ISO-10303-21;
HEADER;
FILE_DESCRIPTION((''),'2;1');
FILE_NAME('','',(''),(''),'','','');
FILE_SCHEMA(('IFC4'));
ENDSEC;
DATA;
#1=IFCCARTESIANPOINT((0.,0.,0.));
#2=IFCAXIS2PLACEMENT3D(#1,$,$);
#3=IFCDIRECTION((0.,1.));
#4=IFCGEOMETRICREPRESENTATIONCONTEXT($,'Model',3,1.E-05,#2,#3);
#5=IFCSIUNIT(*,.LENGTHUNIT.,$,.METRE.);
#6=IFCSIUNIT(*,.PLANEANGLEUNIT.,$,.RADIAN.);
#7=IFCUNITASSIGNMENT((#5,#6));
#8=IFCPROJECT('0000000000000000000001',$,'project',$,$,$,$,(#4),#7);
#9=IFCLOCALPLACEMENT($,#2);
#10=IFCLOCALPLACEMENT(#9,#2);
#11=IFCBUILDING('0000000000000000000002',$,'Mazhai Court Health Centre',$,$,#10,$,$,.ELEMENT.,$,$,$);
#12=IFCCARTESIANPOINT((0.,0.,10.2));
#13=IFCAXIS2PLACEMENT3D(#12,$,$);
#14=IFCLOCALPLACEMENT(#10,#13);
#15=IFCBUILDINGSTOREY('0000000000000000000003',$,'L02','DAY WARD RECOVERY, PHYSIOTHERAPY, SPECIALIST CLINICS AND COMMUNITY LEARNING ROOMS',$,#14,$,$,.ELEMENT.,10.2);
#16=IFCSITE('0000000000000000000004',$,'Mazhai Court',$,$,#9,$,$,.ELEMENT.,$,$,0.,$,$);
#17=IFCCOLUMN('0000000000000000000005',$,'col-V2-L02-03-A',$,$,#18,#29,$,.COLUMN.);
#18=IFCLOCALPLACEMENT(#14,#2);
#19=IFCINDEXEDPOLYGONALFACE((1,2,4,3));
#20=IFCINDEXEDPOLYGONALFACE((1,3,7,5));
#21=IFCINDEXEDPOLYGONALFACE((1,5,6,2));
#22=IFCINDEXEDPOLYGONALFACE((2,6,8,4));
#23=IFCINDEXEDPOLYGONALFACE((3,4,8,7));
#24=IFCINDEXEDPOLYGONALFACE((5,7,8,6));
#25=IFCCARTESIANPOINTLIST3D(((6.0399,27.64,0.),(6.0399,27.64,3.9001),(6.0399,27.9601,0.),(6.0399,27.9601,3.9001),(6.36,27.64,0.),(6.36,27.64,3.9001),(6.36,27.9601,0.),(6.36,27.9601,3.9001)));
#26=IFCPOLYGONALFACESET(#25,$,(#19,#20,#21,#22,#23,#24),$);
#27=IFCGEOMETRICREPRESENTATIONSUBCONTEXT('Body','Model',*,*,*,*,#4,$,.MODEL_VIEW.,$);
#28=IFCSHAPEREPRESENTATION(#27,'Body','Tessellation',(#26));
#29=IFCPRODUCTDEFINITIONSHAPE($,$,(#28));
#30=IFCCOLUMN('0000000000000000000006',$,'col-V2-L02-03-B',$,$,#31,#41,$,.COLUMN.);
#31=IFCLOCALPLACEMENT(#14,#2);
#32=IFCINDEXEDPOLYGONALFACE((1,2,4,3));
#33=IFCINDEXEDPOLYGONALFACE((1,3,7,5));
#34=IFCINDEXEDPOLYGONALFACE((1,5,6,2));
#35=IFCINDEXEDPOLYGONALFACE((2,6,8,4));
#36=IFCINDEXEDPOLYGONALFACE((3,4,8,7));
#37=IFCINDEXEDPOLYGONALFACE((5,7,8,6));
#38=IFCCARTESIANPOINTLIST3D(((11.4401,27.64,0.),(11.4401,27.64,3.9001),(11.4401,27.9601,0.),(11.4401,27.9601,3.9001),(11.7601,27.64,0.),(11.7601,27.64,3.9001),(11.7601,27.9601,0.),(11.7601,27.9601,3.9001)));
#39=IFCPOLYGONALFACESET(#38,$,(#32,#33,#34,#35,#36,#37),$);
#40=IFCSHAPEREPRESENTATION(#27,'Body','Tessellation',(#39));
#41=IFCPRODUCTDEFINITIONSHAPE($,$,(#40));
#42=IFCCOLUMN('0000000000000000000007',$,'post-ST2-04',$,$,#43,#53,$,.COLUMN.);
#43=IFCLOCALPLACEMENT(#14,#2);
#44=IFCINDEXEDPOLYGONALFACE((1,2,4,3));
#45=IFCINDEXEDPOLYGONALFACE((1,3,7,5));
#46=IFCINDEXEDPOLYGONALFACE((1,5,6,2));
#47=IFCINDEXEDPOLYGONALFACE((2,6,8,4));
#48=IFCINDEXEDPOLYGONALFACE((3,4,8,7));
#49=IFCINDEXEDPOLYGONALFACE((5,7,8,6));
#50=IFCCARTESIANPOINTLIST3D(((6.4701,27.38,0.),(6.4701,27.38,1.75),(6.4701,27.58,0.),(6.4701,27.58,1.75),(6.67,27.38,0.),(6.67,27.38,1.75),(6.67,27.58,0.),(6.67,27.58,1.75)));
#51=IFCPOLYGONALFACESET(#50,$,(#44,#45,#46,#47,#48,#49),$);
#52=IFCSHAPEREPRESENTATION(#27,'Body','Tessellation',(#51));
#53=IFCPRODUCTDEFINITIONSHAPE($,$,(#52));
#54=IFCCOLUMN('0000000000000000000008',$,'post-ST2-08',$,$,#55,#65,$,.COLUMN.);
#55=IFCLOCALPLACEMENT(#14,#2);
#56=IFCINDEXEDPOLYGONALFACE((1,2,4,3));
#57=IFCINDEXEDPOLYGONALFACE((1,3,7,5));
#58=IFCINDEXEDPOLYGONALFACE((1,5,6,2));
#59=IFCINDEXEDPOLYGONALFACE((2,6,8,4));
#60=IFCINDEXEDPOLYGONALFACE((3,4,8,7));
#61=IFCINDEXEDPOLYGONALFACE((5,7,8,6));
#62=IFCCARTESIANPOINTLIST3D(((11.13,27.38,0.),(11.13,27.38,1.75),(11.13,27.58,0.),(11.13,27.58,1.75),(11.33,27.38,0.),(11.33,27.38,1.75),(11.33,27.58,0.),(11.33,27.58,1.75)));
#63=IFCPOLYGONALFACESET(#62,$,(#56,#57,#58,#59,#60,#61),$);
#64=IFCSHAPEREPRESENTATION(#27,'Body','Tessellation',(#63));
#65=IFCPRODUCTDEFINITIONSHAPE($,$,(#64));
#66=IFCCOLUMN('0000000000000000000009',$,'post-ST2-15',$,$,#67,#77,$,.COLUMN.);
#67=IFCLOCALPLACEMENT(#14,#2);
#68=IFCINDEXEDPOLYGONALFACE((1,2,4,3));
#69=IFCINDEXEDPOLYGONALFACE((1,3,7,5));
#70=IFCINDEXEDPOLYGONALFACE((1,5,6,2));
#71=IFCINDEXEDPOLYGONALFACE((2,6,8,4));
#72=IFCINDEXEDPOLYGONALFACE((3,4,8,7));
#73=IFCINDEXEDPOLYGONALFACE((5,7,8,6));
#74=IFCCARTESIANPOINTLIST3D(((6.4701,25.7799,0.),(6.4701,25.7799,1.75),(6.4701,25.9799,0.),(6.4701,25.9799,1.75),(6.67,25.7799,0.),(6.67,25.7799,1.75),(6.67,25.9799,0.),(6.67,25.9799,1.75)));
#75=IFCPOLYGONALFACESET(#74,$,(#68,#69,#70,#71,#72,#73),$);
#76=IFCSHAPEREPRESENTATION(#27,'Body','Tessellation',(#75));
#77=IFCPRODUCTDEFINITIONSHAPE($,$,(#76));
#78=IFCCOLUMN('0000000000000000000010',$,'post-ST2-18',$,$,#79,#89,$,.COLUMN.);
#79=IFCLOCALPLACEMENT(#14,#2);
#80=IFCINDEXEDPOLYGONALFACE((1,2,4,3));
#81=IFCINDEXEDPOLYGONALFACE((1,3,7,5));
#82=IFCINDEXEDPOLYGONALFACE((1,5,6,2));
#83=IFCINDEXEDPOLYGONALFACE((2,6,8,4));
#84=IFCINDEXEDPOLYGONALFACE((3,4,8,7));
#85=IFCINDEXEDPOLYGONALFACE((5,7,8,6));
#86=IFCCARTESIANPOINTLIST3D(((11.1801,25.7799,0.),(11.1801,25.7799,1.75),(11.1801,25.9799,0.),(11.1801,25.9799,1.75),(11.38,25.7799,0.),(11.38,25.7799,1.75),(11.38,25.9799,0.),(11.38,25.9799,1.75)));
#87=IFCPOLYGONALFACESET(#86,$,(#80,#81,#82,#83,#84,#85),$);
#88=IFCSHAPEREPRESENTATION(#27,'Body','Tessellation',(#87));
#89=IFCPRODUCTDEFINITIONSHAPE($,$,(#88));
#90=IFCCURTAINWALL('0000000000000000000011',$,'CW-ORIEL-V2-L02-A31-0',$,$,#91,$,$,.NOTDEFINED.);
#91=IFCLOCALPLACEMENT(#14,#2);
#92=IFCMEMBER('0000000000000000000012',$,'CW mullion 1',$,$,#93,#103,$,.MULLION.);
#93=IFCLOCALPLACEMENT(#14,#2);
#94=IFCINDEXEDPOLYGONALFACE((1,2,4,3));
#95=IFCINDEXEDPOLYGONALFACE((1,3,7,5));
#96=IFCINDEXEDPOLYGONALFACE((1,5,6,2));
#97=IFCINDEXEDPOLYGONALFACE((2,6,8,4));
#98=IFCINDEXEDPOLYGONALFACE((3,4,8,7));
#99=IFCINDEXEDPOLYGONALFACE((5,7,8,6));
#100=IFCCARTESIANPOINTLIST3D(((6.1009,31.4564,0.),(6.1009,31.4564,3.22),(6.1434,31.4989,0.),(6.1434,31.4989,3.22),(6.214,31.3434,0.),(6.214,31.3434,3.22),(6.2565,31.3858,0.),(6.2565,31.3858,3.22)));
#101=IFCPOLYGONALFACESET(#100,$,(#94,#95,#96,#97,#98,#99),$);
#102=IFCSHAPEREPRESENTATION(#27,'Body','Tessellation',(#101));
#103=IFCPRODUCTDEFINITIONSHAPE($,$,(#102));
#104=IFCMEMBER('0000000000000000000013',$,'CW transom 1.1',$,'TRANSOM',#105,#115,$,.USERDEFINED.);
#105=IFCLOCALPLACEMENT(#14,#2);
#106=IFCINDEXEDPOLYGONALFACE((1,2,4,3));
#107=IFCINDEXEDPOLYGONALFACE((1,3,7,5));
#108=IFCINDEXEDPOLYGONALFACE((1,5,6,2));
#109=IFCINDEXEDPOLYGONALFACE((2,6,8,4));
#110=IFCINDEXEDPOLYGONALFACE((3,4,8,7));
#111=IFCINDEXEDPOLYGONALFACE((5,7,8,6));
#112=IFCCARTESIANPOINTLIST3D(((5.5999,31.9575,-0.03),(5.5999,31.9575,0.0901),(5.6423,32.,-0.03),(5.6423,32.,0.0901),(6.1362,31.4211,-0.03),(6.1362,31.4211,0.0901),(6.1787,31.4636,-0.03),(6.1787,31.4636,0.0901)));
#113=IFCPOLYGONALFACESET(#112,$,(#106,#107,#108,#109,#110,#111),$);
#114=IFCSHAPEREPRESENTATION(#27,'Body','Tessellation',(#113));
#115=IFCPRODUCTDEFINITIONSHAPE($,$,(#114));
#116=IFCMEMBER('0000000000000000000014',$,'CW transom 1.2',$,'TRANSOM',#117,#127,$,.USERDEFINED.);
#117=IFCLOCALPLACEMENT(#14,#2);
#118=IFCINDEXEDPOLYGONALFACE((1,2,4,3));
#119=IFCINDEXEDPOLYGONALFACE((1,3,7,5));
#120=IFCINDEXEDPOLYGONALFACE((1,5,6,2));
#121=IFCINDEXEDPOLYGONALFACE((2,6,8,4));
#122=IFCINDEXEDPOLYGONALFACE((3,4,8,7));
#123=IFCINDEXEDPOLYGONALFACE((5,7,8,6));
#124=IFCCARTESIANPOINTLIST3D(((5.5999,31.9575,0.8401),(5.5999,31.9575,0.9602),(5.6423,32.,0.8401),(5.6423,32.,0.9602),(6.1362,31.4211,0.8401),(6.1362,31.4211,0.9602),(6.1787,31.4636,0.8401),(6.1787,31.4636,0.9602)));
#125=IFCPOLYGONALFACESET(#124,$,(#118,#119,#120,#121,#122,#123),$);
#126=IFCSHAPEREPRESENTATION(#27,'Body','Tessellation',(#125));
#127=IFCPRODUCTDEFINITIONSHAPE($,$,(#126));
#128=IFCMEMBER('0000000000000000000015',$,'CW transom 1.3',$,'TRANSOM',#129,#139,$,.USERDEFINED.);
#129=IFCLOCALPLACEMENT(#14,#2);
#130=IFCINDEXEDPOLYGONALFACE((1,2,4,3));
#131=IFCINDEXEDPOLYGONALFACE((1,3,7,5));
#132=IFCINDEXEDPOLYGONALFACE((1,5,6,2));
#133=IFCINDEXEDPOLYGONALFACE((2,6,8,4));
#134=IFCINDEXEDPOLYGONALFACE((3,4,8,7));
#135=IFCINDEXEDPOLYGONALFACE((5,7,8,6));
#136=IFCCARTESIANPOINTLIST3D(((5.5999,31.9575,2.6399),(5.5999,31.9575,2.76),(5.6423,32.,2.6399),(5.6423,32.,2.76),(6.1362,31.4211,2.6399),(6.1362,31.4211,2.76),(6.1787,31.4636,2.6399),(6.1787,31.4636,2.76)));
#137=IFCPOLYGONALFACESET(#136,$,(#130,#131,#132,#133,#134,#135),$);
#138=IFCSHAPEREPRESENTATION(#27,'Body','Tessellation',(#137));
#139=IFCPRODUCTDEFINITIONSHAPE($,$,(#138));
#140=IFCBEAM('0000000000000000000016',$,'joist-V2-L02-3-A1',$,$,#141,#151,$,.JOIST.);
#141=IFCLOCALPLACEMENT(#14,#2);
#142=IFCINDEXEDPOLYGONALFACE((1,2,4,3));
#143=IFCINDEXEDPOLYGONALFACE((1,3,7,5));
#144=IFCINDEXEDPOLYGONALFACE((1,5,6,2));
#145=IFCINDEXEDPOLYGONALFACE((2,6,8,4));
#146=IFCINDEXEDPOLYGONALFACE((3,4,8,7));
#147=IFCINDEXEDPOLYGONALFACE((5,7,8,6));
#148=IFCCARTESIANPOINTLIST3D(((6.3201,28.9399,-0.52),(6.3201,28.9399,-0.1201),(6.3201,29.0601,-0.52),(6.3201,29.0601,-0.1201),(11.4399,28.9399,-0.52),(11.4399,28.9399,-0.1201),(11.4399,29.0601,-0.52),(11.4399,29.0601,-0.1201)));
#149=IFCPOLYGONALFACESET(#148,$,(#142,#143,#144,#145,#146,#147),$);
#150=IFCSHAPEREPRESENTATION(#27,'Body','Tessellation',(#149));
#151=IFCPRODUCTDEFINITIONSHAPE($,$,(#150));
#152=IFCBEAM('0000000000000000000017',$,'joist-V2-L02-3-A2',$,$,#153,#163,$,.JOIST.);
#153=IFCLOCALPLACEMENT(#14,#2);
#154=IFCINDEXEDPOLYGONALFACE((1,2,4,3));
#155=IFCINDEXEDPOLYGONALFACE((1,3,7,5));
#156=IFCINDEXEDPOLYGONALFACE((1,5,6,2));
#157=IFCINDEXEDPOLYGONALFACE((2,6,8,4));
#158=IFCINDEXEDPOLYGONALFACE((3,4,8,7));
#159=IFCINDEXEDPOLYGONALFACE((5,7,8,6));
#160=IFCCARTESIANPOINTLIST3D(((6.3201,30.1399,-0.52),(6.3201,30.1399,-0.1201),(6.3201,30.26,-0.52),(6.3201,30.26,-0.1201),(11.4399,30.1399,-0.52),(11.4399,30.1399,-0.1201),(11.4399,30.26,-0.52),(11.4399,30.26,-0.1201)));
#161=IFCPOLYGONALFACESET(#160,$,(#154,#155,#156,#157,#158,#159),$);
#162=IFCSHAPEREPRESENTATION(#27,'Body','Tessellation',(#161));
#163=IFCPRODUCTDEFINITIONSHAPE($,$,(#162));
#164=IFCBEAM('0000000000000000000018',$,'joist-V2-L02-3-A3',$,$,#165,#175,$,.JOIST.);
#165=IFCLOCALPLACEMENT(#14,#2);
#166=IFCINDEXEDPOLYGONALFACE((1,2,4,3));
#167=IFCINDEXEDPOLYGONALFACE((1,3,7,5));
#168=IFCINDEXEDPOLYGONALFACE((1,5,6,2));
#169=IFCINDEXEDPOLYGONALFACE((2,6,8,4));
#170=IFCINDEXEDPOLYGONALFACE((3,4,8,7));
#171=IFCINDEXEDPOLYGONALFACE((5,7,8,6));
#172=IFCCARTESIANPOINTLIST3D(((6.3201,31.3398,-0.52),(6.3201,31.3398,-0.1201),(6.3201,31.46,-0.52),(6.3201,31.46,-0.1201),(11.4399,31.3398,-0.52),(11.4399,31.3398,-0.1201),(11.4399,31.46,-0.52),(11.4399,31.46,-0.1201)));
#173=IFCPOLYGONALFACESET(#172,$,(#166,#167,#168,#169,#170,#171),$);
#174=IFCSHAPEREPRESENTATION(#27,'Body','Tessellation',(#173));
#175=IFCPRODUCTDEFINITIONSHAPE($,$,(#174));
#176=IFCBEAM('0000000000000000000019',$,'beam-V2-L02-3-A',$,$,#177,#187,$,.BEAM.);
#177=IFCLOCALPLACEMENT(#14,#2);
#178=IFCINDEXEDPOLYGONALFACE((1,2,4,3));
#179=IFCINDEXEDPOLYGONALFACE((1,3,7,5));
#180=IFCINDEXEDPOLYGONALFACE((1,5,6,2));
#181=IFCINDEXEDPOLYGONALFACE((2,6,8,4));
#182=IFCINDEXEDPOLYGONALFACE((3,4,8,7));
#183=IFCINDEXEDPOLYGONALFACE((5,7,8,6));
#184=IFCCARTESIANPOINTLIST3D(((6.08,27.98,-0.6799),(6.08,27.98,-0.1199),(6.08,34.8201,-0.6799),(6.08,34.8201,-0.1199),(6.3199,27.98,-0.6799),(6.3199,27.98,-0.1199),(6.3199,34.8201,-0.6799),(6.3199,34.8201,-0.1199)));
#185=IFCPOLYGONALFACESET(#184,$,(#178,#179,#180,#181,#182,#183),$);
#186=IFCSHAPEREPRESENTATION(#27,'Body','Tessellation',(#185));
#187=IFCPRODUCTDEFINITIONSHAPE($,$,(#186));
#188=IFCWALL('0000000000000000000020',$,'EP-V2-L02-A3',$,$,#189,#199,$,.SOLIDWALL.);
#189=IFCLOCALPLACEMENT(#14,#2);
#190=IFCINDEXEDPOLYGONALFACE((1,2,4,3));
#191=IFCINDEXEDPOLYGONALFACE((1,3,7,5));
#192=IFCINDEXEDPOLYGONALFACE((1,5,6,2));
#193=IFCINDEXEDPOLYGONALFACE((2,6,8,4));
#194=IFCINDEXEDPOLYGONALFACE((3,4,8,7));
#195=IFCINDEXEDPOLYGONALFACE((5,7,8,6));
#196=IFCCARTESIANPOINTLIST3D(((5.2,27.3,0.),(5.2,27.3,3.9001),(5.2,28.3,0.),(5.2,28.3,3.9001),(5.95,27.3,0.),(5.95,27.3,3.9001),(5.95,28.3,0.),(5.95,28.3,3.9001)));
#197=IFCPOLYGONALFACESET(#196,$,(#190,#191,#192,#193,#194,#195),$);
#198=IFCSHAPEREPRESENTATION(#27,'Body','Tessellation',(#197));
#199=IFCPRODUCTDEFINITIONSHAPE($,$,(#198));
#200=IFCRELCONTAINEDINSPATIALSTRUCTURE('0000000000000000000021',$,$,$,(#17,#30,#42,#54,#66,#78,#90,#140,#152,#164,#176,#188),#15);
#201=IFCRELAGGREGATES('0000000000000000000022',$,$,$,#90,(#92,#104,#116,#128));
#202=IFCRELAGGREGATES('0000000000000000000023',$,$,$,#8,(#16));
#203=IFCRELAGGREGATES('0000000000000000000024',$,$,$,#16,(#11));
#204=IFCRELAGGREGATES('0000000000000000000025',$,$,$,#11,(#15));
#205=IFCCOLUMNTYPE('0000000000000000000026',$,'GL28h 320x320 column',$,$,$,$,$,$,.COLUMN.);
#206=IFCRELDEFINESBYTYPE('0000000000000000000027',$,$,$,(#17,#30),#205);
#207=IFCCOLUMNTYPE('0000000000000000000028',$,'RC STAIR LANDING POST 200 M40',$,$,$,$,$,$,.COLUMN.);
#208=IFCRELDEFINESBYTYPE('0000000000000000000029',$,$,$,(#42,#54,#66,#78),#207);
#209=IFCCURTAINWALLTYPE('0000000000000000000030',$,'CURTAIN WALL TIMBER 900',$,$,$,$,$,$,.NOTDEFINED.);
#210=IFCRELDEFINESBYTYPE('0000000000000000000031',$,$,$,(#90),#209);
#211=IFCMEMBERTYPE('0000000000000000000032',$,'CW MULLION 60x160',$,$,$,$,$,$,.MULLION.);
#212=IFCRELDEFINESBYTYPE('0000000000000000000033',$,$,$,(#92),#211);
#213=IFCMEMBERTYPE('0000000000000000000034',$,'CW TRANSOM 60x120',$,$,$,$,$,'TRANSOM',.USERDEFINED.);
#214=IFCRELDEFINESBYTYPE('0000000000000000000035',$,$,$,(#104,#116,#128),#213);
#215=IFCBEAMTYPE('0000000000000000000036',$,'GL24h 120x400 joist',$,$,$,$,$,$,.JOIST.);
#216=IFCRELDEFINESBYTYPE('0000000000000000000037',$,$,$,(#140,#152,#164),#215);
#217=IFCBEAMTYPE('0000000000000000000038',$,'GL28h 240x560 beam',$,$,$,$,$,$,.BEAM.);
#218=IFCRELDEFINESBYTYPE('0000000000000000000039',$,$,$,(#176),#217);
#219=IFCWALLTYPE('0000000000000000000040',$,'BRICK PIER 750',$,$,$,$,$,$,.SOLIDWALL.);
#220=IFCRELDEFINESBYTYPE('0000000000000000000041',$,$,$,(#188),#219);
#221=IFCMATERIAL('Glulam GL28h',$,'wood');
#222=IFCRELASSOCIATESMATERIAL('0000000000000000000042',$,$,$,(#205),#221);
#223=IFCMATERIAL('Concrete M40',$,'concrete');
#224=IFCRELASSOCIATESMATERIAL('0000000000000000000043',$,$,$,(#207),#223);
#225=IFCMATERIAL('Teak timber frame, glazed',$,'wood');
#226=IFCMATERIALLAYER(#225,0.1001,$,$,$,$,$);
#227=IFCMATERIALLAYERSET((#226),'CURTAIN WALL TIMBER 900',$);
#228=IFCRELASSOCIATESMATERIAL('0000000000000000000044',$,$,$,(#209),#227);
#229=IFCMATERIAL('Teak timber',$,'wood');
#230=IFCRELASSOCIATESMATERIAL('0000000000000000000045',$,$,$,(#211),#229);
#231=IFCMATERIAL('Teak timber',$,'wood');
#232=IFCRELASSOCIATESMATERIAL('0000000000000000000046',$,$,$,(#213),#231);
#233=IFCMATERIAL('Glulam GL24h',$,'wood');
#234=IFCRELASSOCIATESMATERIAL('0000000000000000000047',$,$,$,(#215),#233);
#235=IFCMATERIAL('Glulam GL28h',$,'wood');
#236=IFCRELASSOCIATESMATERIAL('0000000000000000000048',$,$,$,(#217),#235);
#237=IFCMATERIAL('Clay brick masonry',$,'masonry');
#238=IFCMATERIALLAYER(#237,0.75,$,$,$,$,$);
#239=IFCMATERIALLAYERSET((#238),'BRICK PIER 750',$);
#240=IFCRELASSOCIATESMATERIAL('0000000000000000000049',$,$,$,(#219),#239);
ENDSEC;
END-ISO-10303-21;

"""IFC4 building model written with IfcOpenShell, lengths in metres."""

from ifc_helpers import new_model, si_unit, direction, frame, frame_2d, origin, origin_2d, place, context, subcontext, project, spatial, rectangle, extrude, material, layer, layer_set, material_profile, profile_set, type_object, element, aggregate, save


model = new_model("IFC4")

# Units and contexts
model_context = context("Model", 3, precision=1e-05, world=origin(), true_north=direction((0.0, 1.0)))
body_context = subcontext(model_context, "Body", "Model", "MODEL_VIEW")
ifc_project = project(units=[si_unit("LENGTHUNIT", "METRE"), si_unit("PLANEANGLEUNIT", "RADIAN")], contexts=[model_context])

# Site, building, storey
site_placement = place(None, origin())
site = spatial("IfcSite", under=ifc_project, at=site_placement, Name="Mazhai Court", CompositionType="ELEMENT", RefElevation=0.0)
building_placement = place(site_placement, origin())
building = spatial("IfcBuilding", under=site, at=building_placement, Name="Mazhai Court Health Centre", CompositionType="ELEMENT")
storey_placement = place(building_placement, frame((0.0, 0.0, 10.2)))
storey = spatial("IfcBuildingStorey", under=building, at=storey_placement, Name="L02", Description="DAY WARD RECOVERY, PHYSIOTHERAPY, SPECIALIST CLINICS AND COMMUNITY LEARNING ROOMS", CompositionType="ELEMENT", Elevation=10.2)

# Columns
ifc_material_1 = material(Name="Glulam GL28h", Category="wood")
ifc_material_profile_1 = material_profile(ifc_material_1, rectangle(XDim=0.3201, YDim=0.3201, at=origin_2d()), Name="GL28h 320x320")
ifc_profile_set_1 = profile_set([ifc_material_profile_1], Name="Glulam GL28h")
column_type_1 = type_object("IfcColumnType", Name="GL28h 320x320 column", PredefinedType="COLUMN", material=ifc_profile_set_1)
for number, where, z_axis, x_axis, name in (
    (1, (6.2, 27.8, 0.0), (0.0, 0.0, 1.0), (1.0, 0.0, 0.0), "col-V2-L02-03-A"),
    (2, (11.6001, 27.8, 0.0), (0.0, 0.0, 1.0), (1.0, 0.0, 0.0), "col-V2-L02-03-B"),
):
    element("IfcColumn", number, at=place(storey_placement, frame(where, z_axis=z_axis, x_axis=x_axis)), inside=storey, type_object=column_type_1, Name=name, PredefinedType="COLUMN", context=body_context, shape_type="SweptSolid", body=[
        extrude(rectangle(XDim=0.3201, YDim=0.3201, at=origin_2d()), origin(), (0.0, 0.0, 1.0), 3.9001),
    ])
ifc_material_2 = material(Name="Concrete M40", Category="concrete")
ifc_material_profile_2 = material_profile(ifc_material_2, rectangle(XDim=0.2, YDim=0.2, at=origin_2d()), Name="RC 200x200")
ifc_profile_set_2 = profile_set([ifc_material_profile_2], Name="Concrete M40")
column_type_2 = type_object("IfcColumnType", Name="RC STAIR LANDING POST 200 M40", PredefinedType="COLUMN", material=ifc_profile_set_2)
for number, where, z_axis, x_axis, name in (
    (3, (6.5701, 27.48, 0.0), (0.0, 0.0, 1.0), (1.0, 0.0, 0.0), "post-ST2-04"),
    (4, (11.23, 27.48, 0.0), (0.0, 0.0, 1.0), (1.0, 0.0, 0.0), "post-ST2-08"),
    (5, (6.5701, 25.8799, 0.0), (0.0, 0.0, 1.0), (1.0, 0.0, 0.0), "post-ST2-15"),
    (6, (11.28, 25.8799, 0.0), (0.0, 0.0, 1.0), (1.0, 0.0, 0.0), "post-ST2-18"),
):
    element("IfcColumn", number, at=place(storey_placement, frame(where, z_axis=z_axis, x_axis=x_axis)), inside=storey, type_object=column_type_2, Name=name, PredefinedType="COLUMN", context=body_context, shape_type="SweptSolid", body=[
        extrude(rectangle(XDim=0.2, YDim=0.2, at=origin_2d()), origin(), (0.0, 0.0, 1.0), 1.75),
    ])

# Curtain wall, members
ifc_material_3 = material(Name="Teak timber frame, glazed", Category="wood")
ifc_layer_1 = layer(ifc_material_3, 0.1001)
ifc_layer_set_1 = layer_set([ifc_layer_1], Name="CURTAIN WALL TIMBER 900")
curtain_wall_type = type_object("IfcCurtainWallType", Name="CURTAIN WALL TIMBER 900", PredefinedType="NOTDEFINED", material=ifc_layer_set_1)
curtain_wall_placement = place(storey_placement, origin())
curtain_wall = element("IfcCurtainWall", 7, at=curtain_wall_placement, inside=storey, type_object=curtain_wall_type, Name="CW-ORIEL-V2-L02-A31-0", PredefinedType="NOTDEFINED")
ifc_material_4 = material(Name="Teak timber", Category="wood")
ifc_material_profile_3 = material_profile(ifc_material_4, rectangle(XDim=0.0601, YDim=0.1599, at=origin_2d()), Name="CW MULLION 60x160")
ifc_profile_set_3 = profile_set([ifc_material_profile_3], Name="Teak timber")
member_type_1 = type_object("IfcMemberType", Name="CW MULLION 60x160", PredefinedType="MULLION", material=ifc_profile_set_3)
member_1_placement = place(storey_placement, frame((6.1787, 31.4211, 0.0), z_axis=(0.0, 0.0, 1.0), x_axis=(-0.707107, -0.707107, 0.0)))
member_1 = element("IfcMember", 8, at=member_1_placement, type_object=member_type_1, Name="CW mullion 1", PredefinedType="MULLION", context=body_context, shape_type="SweptSolid", body=[
    extrude(rectangle(XDim=0.0601, YDim=0.1599, at=origin_2d()), origin(), (0.0, 0.0, 1.0), 3.22),
])
ifc_material_5 = material(Name="Teak timber", Category="wood")
ifc_material_profile_4 = material_profile(ifc_material_5, rectangle(XDim=0.0601, YDim=0.1201, at=origin_2d()), Name="CW TRANSOM 60x120")
ifc_profile_set_4 = profile_set([ifc_material_profile_4], Name="Teak timber")
member_type_2 = type_object("IfcMemberType", Name="CW TRANSOM 60x120", ElementType="TRANSOM", PredefinedType="USERDEFINED", material=ifc_profile_set_4)
member_2_placement = place(storey_placement, frame((6.1575, 31.4424, 0.03), z_axis=(-0.707107, 0.707107, 0.0), x_axis=(-0.707107, -0.707107, 0.0)))
member_2 = element("IfcMember", 9, at=member_2_placement, type_object=member_type_2, Name="CW transom 1.1", ObjectType="TRANSOM", PredefinedType="USERDEFINED", context=body_context, shape_type="SweptSolid", body=[
    extrude(rectangle(XDim=0.0601, YDim=0.1201, at=origin_2d()), origin(), (0.0, 0.0, 1.0), 0.7585),
])
member_3_placement = place(storey_placement, frame((6.1575, 31.4424, 0.9001), z_axis=(-0.707107, 0.707107, 0.0), x_axis=(-0.707107, -0.707107, 0.0)))
member_3 = element("IfcMember", 10, at=member_3_placement, type_object=member_type_2, Name="CW transom 1.2", ObjectType="TRANSOM", PredefinedType="USERDEFINED", context=body_context, shape_type="SweptSolid", body=[
    extrude(rectangle(XDim=0.0601, YDim=0.1201, at=origin_2d()), origin(), (0.0, 0.0, 1.0), 0.7585),
])
member_4_placement = place(storey_placement, frame((6.1575, 31.4424, 2.7), z_axis=(-0.707107, 0.707107, 0.0), x_axis=(-0.707107, -0.707107, 0.0)))
member_4 = element("IfcMember", 11, at=member_4_placement, type_object=member_type_2, Name="CW transom 1.3", ObjectType="TRANSOM", PredefinedType="USERDEFINED", context=body_context, shape_type="SweptSolid", body=[
    extrude(rectangle(XDim=0.0601, YDim=0.1201, at=origin_2d()), origin(), (0.0, 0.0, 1.0), 0.7585),
])
aggregate(curtain_wall, [member_1, member_2, member_3, member_4])

# Beams
ifc_material_6 = material(Name="Glulam GL24h", Category="wood")
ifc_material_profile_5 = material_profile(ifc_material_6, rectangle(XDim=0.1201, YDim=0.3999, at=origin_2d()), Name="GL24h 120x400")
ifc_profile_set_5 = profile_set([ifc_material_profile_5], Name="Glulam GL24h")
beam_type_1 = type_object("IfcBeamType", Name="GL24h 120x400 joist", PredefinedType="JOIST", material=ifc_profile_set_5)
for number, where, z_axis, x_axis, name in (
    (12, (6.3201, 29.0, -0.3201), (1.0, 0.0, 0.0), (0.0, 1.0, 0.0), "joist-V2-L02-3-A1"),
    (13, (6.3201, 30.2, -0.3201), (1.0, 0.0, 0.0), (0.0, 1.0, 0.0), "joist-V2-L02-3-A2"),
    (14, (6.3201, 31.3999, -0.3201), (1.0, 0.0, 0.0), (0.0, 1.0, 0.0), "joist-V2-L02-3-A3"),
):
    element("IfcBeam", number, at=place(storey_placement, frame(where, z_axis=z_axis, x_axis=x_axis)), inside=storey, type_object=beam_type_1, Name=name, PredefinedType="JOIST", context=body_context, shape_type="SweptSolid", body=[
        extrude(rectangle(XDim=0.1201, YDim=0.3999, at=origin_2d()), origin(), (0.0, 0.0, 1.0), 5.1199),
    ])
ifc_material_7 = material(Name="Glulam GL28h", Category="wood")
ifc_material_profile_6 = material_profile(ifc_material_7, rectangle(XDim=0.24, YDim=0.5601, at=origin_2d()), Name="GL28h 240x560")
ifc_profile_set_6 = profile_set([ifc_material_profile_6], Name="Glulam GL28h")
beam_type_2 = type_object("IfcBeamType", Name="GL28h 240x560 beam", PredefinedType="BEAM", material=ifc_profile_set_6)
beam_placement = place(storey_placement, frame((6.2, 27.98, -0.3999), z_axis=(0.0, 1.0, 0.0), x_axis=(-1.0, 0.0, 0.0)))
element("IfcBeam", 15, at=beam_placement, inside=storey, type_object=beam_type_2, Name="beam-V2-L02-3-A", PredefinedType="BEAM", context=body_context, shape_type="SweptSolid", body=[
    extrude(rectangle(XDim=0.24, YDim=0.5601, at=origin_2d()), origin(), (0.0, 0.0, 1.0), 6.8401),
])

# Wall
ifc_material_8 = material(Name="Clay brick masonry", Category="masonry")
ifc_layer_2 = layer(ifc_material_8, 0.75)
ifc_layer_set_2 = layer_set([ifc_layer_2], Name="BRICK PIER 750")
wall_type_1 = type_object("IfcWallType", Name="BRICK PIER 750", PredefinedType="SOLIDWALL", material=ifc_layer_set_2)
wall_1_placement = place(storey_placement, frame((5.575, 27.3, 0.0), z_axis=(0.0, 0.0, 1.0), x_axis=(0.0, 1.0, 0.0)))
element("IfcWall", 16, at=wall_1_placement, inside=storey, type_object=wall_type_1, Name="EP-V2-L02-A3", PredefinedType="SOLIDWALL", context=body_context, shape_type="SweptSolid", body=[
    extrude(rectangle(XDim=1.0, YDim=0.75, at=frame_2d((0.5, 0.0))), origin(), (0.0, 0.0, 1.0), 3.9001),
])

save(model, "model.ifc")
